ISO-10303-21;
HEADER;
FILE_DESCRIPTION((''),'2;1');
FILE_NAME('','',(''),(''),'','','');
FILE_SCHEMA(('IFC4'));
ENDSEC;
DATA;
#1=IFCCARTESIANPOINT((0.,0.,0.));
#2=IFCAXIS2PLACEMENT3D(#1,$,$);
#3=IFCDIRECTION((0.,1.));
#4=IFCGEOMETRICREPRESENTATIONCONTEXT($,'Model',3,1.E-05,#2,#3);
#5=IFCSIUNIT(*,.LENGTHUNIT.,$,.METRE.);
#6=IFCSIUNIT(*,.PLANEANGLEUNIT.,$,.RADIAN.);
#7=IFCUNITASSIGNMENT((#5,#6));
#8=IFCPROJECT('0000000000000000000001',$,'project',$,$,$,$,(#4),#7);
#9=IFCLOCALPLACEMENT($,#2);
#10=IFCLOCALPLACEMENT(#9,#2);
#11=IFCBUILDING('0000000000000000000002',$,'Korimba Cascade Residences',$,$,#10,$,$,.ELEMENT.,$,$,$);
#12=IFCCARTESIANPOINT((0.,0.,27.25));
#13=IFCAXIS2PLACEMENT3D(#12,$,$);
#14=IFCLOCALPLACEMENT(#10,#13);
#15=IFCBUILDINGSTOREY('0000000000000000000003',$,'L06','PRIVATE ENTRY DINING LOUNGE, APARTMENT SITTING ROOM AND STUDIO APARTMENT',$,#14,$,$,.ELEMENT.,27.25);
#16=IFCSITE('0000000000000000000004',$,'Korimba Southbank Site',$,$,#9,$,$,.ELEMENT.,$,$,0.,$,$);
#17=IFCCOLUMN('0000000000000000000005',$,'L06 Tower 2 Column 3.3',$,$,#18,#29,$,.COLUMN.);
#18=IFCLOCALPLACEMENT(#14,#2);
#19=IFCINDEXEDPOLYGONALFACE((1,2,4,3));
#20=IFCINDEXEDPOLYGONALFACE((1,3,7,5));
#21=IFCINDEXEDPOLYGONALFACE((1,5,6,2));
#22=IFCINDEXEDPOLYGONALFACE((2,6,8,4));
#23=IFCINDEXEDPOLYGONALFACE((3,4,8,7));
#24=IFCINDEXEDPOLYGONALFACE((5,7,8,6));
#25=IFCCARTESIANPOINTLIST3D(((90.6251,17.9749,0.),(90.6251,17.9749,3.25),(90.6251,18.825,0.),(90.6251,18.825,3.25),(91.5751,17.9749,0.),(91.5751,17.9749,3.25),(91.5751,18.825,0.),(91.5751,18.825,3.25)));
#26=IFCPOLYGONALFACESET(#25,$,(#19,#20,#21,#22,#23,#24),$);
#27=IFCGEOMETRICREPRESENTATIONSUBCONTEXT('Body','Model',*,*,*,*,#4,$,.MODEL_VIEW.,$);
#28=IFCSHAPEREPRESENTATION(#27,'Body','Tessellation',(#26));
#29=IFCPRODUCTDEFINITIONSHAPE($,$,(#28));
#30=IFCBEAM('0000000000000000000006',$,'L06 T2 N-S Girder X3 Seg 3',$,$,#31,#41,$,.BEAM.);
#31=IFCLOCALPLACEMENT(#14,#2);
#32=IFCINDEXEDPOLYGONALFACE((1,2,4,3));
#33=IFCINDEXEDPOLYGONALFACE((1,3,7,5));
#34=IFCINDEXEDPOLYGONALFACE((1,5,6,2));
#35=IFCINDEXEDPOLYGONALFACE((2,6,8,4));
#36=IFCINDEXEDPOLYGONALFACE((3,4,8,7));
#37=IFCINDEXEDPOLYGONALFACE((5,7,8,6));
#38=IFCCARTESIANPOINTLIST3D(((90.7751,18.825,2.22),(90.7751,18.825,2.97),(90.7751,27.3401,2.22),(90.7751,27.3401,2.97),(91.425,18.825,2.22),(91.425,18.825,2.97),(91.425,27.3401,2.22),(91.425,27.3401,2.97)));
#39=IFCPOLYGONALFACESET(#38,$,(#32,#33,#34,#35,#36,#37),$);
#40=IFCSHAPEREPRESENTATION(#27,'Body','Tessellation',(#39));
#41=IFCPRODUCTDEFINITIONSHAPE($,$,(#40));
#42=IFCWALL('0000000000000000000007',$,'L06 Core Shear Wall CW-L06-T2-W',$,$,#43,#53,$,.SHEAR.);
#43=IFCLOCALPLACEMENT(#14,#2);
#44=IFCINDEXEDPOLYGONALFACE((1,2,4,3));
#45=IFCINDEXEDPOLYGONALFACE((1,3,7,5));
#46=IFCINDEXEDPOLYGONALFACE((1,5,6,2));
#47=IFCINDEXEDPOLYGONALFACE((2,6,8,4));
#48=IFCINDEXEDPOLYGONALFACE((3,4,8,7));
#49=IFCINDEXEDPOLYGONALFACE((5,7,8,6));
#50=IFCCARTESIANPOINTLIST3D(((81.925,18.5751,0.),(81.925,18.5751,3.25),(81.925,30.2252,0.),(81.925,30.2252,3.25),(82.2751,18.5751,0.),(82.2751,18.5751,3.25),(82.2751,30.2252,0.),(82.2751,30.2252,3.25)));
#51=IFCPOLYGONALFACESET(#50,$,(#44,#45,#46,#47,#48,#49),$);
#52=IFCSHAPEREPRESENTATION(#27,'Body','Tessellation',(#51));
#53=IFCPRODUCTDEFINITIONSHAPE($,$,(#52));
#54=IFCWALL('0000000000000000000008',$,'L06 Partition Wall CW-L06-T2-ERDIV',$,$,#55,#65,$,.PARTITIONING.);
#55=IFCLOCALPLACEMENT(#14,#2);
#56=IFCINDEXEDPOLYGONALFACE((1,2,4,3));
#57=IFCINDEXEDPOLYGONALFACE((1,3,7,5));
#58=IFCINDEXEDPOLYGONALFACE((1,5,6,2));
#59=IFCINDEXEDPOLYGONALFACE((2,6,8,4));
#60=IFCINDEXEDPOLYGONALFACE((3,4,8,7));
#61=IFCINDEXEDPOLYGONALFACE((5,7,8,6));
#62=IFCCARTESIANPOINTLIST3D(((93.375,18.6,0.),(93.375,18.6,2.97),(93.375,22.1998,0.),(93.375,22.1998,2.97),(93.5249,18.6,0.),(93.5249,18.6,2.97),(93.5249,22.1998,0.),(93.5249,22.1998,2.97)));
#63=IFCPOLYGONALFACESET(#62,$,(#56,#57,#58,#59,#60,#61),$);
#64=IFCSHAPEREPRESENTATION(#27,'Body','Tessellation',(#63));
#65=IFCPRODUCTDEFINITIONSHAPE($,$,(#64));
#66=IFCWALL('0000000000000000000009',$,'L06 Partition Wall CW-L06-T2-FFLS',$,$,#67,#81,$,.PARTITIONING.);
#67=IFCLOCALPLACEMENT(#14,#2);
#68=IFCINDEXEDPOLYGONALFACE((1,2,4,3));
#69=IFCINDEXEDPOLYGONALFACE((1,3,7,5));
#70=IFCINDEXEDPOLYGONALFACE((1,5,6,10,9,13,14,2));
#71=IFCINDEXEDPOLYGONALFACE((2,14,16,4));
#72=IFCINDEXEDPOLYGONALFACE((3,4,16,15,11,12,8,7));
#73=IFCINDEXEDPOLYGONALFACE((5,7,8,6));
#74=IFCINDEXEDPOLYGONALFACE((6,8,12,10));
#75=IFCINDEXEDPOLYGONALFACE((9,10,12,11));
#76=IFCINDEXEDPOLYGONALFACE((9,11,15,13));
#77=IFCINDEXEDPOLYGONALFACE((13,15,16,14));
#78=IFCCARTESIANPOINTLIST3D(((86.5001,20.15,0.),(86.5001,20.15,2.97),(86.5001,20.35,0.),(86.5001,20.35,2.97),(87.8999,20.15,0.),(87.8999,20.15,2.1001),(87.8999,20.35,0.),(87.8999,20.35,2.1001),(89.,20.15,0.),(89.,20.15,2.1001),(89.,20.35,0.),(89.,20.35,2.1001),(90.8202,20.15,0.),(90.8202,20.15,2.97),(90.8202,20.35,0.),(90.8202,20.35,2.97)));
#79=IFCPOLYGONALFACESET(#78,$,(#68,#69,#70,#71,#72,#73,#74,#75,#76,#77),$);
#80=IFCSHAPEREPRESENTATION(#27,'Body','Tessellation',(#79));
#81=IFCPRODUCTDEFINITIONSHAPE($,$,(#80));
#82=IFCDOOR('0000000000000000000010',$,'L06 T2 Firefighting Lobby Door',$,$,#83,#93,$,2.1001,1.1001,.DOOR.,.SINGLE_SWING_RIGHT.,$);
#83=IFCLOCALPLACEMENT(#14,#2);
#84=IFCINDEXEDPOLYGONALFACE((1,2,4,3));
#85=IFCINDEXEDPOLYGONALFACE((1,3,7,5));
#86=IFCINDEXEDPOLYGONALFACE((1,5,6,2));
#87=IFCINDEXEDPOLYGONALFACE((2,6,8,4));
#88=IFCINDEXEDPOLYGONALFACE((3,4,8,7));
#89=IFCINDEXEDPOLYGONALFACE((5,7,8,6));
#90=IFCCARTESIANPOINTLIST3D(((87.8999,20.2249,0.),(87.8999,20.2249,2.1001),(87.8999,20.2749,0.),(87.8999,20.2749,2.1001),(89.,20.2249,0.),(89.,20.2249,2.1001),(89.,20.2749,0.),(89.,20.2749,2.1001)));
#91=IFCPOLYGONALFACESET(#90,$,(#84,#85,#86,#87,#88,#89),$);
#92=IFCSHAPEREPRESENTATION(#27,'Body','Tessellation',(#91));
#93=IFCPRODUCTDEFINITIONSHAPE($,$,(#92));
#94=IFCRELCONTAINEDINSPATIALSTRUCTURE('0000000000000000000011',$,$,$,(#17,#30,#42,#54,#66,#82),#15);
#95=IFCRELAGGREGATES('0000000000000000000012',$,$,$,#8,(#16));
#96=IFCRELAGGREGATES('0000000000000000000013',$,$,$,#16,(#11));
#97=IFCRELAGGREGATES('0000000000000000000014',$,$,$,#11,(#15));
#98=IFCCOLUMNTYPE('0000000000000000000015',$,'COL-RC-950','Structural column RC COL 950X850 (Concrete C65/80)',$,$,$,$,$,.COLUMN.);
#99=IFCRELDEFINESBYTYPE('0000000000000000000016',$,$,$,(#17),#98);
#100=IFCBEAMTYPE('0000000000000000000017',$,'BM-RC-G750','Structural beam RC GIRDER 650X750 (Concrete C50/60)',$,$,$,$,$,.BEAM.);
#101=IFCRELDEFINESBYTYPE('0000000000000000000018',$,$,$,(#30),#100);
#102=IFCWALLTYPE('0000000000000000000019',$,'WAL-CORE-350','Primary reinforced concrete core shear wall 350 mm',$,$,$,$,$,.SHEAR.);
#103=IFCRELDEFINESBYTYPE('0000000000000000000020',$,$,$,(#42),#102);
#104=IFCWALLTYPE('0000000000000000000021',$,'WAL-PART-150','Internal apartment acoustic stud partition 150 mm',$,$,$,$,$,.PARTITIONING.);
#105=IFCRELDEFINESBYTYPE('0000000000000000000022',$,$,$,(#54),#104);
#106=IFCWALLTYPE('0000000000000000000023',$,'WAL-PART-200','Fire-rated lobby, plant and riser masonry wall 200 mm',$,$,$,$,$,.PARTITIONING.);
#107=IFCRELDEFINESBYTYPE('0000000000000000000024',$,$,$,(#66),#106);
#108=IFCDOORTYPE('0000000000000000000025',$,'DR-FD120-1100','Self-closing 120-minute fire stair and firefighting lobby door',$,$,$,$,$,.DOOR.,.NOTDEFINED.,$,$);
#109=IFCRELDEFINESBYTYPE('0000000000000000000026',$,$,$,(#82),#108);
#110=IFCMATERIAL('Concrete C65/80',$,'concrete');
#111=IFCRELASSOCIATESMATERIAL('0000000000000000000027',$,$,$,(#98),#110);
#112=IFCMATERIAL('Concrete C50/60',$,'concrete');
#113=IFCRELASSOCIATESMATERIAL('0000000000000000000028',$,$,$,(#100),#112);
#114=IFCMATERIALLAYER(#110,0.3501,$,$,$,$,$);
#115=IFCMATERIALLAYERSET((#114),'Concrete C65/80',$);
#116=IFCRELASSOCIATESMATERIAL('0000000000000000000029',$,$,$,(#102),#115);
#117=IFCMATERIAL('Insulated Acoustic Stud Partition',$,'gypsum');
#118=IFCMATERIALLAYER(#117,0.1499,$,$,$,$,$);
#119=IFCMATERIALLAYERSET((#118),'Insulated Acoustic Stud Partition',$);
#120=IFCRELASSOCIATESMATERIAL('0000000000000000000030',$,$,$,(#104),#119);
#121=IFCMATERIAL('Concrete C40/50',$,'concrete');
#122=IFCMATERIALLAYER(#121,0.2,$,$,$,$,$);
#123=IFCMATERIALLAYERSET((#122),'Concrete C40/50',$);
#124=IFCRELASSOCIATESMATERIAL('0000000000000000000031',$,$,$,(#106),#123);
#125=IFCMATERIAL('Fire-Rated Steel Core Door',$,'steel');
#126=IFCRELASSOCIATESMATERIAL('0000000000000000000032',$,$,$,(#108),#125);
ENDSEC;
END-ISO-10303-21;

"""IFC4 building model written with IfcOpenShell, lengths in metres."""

from ifc_helpers import new_model, si_unit, direction, frame, frame_2d, origin, origin_2d, place, context, subcontext, project, spatial, rectangle, extrude, material, layer, layer_set, material_profile, profile_set, type_object, element, fill, save


model = new_model("IFC4")

# Units and contexts
model_context = context("Model", 3, precision=1e-05, world=origin(), true_north=direction((0.0, 1.0)))
body_context = subcontext(model_context, "Body", "Model", "MODEL_VIEW")
ifc_project = project(units=[si_unit("LENGTHUNIT", "METRE"), si_unit("PLANEANGLEUNIT", "RADIAN")], contexts=[model_context])

# Site, building, storey
site_placement = place(None, origin())
site = spatial("IfcSite", under=ifc_project, at=site_placement, Name="Korimba Southbank Site", CompositionType="ELEMENT", RefElevation=0.0)
building_placement = place(site_placement, origin())
building = spatial("IfcBuilding", under=site, at=building_placement, Name="Korimba Cascade Residences", CompositionType="ELEMENT")
storey_placement = place(building_placement, frame((0.0, 0.0, 27.25)))
storey = spatial("IfcBuildingStorey", under=building, at=storey_placement, Name="L06", Description="PRIVATE ENTRY DINING LOUNGE, APARTMENT SITTING ROOM AND STUDIO APARTMENT", CompositionType="ELEMENT", Elevation=27.25)

# Column
ifc_material_1 = material(Name="Concrete C65/80", Category="concrete")
ifc_material_profile_1 = material_profile(ifc_material_1, rectangle(XDim=0.95, YDim=0.8501, at=origin_2d()), Name="Concrete C65/80")
ifc_profile_set_1 = profile_set([ifc_material_profile_1], Name="Concrete C65/80")
column_type = type_object("IfcColumnType", Name="COL-RC-950", Description="Structural column RC COL 950X850 (Concrete C65/80)", PredefinedType="COLUMN", material=ifc_profile_set_1)
column_placement = place(storey_placement, frame((91.1001, 18.3999, 0.0), z_axis=(0.0, 0.0, 1.0), x_axis=(1.0, 0.0, 0.0)))
element("IfcColumn", 1, at=column_placement, inside=storey, type_object=column_type, Name="L06 Tower 2 Column 3.3", PredefinedType="COLUMN", context=body_context, shape_type="SweptSolid", body=[
    extrude(rectangle(XDim=0.95, YDim=0.8501, at=origin_2d()), origin(), (0.0, 0.0, 1.0), 3.25),
])

# Beam
ifc_material_2 = material(Name="Concrete C50/60", Category="concrete")
ifc_material_profile_2 = material_profile(ifc_material_2, rectangle(XDim=0.6499, YDim=0.75, at=origin_2d()), Name="Concrete C50/60")
ifc_profile_set_2 = profile_set([ifc_material_profile_2], Name="Concrete C50/60")
beam_type = type_object("IfcBeamType", Name="BM-RC-G750", Description="Structural beam RC GIRDER 650X750 (Concrete C50/60)", PredefinedType="BEAM", material=ifc_profile_set_2)
beam_placement = place(storey_placement, frame((91.1001, 18.825, 2.595), z_axis=(0.0, 1.0, 0.0), x_axis=(-1.0, 0.0, 0.0)))
element("IfcBeam", 2, at=beam_placement, inside=storey, type_object=beam_type, Name="L06 T2 N-S Girder X3 Seg 3", PredefinedType="BEAM", context=body_context, shape_type="SweptSolid", body=[
    extrude(rectangle(XDim=0.6499, YDim=0.75, at=origin_2d()), origin(), (0.0, 0.0, 1.0), 8.5151),
])

# Walls
ifc_layer_1 = layer(ifc_material_1, 0.3501)
ifc_layer_set_1 = layer_set([ifc_layer_1], Name="Concrete C65/80")
wall_type_1 = type_object("IfcWallType", Name="WAL-CORE-350", Description="Primary reinforced concrete core shear wall 350 mm", PredefinedType="SHEAR", material=ifc_layer_set_1)
wall_1_placement = place(storey_placement, frame((82.1001, 18.575, 0.0), z_axis=(0.0, 0.0, 1.0), x_axis=(0.0, 1.0, 0.0)))
element("IfcWall", 3, at=wall_1_placement, inside=storey, type_object=wall_type_1, Name="L06 Core Shear Wall CW-L06-T2-W", PredefinedType="SHEAR", context=body_context, shape_type="SweptSolid", body=[
    extrude(rectangle(XDim=11.6501, YDim=0.3501, at=frame_2d((5.8252, 0.0))), origin(), (0.0, 0.0, 1.0), 3.25),
])
ifc_material_3 = material(Name="Insulated Acoustic Stud Partition", Category="gypsum")
ifc_layer_2 = layer(ifc_material_3, 0.1499)
ifc_layer_set_2 = layer_set([ifc_layer_2], Name="Insulated Acoustic Stud Partition")
wall_type_2 = type_object("IfcWallType", Name="WAL-PART-150", Description="Internal apartment acoustic stud partition 150 mm", PredefinedType="PARTITIONING", material=ifc_layer_set_2)
wall_2_placement = place(storey_placement, frame((93.45, 18.6001, 0.0), z_axis=(0.0, 0.0, 1.0), x_axis=(0.0, 1.0, 0.0)))
element("IfcWall", 4, at=wall_2_placement, inside=storey, type_object=wall_type_2, Name="L06 Partition Wall CW-L06-T2-ERDIV", PredefinedType="PARTITIONING", context=body_context, shape_type="SweptSolid", body=[
    extrude(rectangle(XDim=3.5999, YDim=0.1499, at=frame_2d((1.7998, 0.0))), origin(), (0.0, 0.0, 1.0), 2.97),
])

# Wall, opening, door
ifc_material_4 = material(Name="Concrete C40/50", Category="concrete")
ifc_layer_3 = layer(ifc_material_4, 0.2)
ifc_layer_set_3 = layer_set([ifc_layer_3], Name="Concrete C40/50")
wall_type_3 = type_object("IfcWallType", Name="WAL-PART-200", Description="Fire-rated lobby, plant and riser masonry wall 200 mm", PredefinedType="PARTITIONING", material=ifc_layer_set_3)
wall_3_placement = place(storey_placement, frame((86.5, 20.25, 0.0), z_axis=(0.0, 0.0, 1.0), x_axis=(1.0, 0.0, 0.0)))
wall_3 = element("IfcWall", 5, at=wall_3_placement, inside=storey, type_object=wall_type_3, Name="L06 Partition Wall CW-L06-T2-FFLS", PredefinedType="PARTITIONING", context=body_context, shape_type="SweptSolid", body=[
    extrude(rectangle(XDim=4.3201, YDim=0.2, at=frame_2d((2.1602, 0.0))), origin(), (0.0, 0.0, 1.0), 2.97),
])
opening_1_placement = place(wall_3_placement, frame((1.3999, 0.0, 0.0)))
opening_1 = element("IfcOpeningElement", 6, at=opening_1_placement, cuts=wall_3, PredefinedType="OPENING", context=body_context, shape_type="SweptSolid", body=[
    extrude(rectangle(XDim=1.1001, YDim=2.1001, at=frame_2d((0.55, 1.05))), frame((0.0, 0.1099, 0.0), z_axis=(0.0, -1.0, 0.0), x_axis=(1.0, 0.0, 0.0)), (0.0, 0.0, 1.0), 0.22),
])
ifc_material_5 = material(Name="Fire-Rated Steel Core Door", Category="steel")
door_type_1 = type_object("IfcDoorType", Name="DR-FD120-1100", Description="Self-closing 120-minute fire stair and firefighting lobby door", OperationType="NOTDEFINED", PredefinedType="DOOR", material=ifc_material_5)
door_1_placement = place(opening_1_placement, origin())
door_1 = element("IfcDoor", 7, at=door_1_placement, inside=storey, type_object=door_type_1, Name="L06 T2 Firefighting Lobby Door", OperationType="SINGLE_SWING_RIGHT", OverallHeight=2.1001, OverallWidth=1.1001, PredefinedType="DOOR", context=body_context, shape_type="SweptSolid", body=[
    extrude(rectangle(XDim=1.1001, YDim=2.1001, at=frame_2d((0.55, 1.05))), frame((0.0, 0.0249, 0.0), z_axis=(0.0, -1.0, 0.0), x_axis=(1.0, 0.0, 0.0)), (0.0, 0.0, 1.0), 0.05),
])
fill(opening_1, door_1)

save(model, "model.ifc")
